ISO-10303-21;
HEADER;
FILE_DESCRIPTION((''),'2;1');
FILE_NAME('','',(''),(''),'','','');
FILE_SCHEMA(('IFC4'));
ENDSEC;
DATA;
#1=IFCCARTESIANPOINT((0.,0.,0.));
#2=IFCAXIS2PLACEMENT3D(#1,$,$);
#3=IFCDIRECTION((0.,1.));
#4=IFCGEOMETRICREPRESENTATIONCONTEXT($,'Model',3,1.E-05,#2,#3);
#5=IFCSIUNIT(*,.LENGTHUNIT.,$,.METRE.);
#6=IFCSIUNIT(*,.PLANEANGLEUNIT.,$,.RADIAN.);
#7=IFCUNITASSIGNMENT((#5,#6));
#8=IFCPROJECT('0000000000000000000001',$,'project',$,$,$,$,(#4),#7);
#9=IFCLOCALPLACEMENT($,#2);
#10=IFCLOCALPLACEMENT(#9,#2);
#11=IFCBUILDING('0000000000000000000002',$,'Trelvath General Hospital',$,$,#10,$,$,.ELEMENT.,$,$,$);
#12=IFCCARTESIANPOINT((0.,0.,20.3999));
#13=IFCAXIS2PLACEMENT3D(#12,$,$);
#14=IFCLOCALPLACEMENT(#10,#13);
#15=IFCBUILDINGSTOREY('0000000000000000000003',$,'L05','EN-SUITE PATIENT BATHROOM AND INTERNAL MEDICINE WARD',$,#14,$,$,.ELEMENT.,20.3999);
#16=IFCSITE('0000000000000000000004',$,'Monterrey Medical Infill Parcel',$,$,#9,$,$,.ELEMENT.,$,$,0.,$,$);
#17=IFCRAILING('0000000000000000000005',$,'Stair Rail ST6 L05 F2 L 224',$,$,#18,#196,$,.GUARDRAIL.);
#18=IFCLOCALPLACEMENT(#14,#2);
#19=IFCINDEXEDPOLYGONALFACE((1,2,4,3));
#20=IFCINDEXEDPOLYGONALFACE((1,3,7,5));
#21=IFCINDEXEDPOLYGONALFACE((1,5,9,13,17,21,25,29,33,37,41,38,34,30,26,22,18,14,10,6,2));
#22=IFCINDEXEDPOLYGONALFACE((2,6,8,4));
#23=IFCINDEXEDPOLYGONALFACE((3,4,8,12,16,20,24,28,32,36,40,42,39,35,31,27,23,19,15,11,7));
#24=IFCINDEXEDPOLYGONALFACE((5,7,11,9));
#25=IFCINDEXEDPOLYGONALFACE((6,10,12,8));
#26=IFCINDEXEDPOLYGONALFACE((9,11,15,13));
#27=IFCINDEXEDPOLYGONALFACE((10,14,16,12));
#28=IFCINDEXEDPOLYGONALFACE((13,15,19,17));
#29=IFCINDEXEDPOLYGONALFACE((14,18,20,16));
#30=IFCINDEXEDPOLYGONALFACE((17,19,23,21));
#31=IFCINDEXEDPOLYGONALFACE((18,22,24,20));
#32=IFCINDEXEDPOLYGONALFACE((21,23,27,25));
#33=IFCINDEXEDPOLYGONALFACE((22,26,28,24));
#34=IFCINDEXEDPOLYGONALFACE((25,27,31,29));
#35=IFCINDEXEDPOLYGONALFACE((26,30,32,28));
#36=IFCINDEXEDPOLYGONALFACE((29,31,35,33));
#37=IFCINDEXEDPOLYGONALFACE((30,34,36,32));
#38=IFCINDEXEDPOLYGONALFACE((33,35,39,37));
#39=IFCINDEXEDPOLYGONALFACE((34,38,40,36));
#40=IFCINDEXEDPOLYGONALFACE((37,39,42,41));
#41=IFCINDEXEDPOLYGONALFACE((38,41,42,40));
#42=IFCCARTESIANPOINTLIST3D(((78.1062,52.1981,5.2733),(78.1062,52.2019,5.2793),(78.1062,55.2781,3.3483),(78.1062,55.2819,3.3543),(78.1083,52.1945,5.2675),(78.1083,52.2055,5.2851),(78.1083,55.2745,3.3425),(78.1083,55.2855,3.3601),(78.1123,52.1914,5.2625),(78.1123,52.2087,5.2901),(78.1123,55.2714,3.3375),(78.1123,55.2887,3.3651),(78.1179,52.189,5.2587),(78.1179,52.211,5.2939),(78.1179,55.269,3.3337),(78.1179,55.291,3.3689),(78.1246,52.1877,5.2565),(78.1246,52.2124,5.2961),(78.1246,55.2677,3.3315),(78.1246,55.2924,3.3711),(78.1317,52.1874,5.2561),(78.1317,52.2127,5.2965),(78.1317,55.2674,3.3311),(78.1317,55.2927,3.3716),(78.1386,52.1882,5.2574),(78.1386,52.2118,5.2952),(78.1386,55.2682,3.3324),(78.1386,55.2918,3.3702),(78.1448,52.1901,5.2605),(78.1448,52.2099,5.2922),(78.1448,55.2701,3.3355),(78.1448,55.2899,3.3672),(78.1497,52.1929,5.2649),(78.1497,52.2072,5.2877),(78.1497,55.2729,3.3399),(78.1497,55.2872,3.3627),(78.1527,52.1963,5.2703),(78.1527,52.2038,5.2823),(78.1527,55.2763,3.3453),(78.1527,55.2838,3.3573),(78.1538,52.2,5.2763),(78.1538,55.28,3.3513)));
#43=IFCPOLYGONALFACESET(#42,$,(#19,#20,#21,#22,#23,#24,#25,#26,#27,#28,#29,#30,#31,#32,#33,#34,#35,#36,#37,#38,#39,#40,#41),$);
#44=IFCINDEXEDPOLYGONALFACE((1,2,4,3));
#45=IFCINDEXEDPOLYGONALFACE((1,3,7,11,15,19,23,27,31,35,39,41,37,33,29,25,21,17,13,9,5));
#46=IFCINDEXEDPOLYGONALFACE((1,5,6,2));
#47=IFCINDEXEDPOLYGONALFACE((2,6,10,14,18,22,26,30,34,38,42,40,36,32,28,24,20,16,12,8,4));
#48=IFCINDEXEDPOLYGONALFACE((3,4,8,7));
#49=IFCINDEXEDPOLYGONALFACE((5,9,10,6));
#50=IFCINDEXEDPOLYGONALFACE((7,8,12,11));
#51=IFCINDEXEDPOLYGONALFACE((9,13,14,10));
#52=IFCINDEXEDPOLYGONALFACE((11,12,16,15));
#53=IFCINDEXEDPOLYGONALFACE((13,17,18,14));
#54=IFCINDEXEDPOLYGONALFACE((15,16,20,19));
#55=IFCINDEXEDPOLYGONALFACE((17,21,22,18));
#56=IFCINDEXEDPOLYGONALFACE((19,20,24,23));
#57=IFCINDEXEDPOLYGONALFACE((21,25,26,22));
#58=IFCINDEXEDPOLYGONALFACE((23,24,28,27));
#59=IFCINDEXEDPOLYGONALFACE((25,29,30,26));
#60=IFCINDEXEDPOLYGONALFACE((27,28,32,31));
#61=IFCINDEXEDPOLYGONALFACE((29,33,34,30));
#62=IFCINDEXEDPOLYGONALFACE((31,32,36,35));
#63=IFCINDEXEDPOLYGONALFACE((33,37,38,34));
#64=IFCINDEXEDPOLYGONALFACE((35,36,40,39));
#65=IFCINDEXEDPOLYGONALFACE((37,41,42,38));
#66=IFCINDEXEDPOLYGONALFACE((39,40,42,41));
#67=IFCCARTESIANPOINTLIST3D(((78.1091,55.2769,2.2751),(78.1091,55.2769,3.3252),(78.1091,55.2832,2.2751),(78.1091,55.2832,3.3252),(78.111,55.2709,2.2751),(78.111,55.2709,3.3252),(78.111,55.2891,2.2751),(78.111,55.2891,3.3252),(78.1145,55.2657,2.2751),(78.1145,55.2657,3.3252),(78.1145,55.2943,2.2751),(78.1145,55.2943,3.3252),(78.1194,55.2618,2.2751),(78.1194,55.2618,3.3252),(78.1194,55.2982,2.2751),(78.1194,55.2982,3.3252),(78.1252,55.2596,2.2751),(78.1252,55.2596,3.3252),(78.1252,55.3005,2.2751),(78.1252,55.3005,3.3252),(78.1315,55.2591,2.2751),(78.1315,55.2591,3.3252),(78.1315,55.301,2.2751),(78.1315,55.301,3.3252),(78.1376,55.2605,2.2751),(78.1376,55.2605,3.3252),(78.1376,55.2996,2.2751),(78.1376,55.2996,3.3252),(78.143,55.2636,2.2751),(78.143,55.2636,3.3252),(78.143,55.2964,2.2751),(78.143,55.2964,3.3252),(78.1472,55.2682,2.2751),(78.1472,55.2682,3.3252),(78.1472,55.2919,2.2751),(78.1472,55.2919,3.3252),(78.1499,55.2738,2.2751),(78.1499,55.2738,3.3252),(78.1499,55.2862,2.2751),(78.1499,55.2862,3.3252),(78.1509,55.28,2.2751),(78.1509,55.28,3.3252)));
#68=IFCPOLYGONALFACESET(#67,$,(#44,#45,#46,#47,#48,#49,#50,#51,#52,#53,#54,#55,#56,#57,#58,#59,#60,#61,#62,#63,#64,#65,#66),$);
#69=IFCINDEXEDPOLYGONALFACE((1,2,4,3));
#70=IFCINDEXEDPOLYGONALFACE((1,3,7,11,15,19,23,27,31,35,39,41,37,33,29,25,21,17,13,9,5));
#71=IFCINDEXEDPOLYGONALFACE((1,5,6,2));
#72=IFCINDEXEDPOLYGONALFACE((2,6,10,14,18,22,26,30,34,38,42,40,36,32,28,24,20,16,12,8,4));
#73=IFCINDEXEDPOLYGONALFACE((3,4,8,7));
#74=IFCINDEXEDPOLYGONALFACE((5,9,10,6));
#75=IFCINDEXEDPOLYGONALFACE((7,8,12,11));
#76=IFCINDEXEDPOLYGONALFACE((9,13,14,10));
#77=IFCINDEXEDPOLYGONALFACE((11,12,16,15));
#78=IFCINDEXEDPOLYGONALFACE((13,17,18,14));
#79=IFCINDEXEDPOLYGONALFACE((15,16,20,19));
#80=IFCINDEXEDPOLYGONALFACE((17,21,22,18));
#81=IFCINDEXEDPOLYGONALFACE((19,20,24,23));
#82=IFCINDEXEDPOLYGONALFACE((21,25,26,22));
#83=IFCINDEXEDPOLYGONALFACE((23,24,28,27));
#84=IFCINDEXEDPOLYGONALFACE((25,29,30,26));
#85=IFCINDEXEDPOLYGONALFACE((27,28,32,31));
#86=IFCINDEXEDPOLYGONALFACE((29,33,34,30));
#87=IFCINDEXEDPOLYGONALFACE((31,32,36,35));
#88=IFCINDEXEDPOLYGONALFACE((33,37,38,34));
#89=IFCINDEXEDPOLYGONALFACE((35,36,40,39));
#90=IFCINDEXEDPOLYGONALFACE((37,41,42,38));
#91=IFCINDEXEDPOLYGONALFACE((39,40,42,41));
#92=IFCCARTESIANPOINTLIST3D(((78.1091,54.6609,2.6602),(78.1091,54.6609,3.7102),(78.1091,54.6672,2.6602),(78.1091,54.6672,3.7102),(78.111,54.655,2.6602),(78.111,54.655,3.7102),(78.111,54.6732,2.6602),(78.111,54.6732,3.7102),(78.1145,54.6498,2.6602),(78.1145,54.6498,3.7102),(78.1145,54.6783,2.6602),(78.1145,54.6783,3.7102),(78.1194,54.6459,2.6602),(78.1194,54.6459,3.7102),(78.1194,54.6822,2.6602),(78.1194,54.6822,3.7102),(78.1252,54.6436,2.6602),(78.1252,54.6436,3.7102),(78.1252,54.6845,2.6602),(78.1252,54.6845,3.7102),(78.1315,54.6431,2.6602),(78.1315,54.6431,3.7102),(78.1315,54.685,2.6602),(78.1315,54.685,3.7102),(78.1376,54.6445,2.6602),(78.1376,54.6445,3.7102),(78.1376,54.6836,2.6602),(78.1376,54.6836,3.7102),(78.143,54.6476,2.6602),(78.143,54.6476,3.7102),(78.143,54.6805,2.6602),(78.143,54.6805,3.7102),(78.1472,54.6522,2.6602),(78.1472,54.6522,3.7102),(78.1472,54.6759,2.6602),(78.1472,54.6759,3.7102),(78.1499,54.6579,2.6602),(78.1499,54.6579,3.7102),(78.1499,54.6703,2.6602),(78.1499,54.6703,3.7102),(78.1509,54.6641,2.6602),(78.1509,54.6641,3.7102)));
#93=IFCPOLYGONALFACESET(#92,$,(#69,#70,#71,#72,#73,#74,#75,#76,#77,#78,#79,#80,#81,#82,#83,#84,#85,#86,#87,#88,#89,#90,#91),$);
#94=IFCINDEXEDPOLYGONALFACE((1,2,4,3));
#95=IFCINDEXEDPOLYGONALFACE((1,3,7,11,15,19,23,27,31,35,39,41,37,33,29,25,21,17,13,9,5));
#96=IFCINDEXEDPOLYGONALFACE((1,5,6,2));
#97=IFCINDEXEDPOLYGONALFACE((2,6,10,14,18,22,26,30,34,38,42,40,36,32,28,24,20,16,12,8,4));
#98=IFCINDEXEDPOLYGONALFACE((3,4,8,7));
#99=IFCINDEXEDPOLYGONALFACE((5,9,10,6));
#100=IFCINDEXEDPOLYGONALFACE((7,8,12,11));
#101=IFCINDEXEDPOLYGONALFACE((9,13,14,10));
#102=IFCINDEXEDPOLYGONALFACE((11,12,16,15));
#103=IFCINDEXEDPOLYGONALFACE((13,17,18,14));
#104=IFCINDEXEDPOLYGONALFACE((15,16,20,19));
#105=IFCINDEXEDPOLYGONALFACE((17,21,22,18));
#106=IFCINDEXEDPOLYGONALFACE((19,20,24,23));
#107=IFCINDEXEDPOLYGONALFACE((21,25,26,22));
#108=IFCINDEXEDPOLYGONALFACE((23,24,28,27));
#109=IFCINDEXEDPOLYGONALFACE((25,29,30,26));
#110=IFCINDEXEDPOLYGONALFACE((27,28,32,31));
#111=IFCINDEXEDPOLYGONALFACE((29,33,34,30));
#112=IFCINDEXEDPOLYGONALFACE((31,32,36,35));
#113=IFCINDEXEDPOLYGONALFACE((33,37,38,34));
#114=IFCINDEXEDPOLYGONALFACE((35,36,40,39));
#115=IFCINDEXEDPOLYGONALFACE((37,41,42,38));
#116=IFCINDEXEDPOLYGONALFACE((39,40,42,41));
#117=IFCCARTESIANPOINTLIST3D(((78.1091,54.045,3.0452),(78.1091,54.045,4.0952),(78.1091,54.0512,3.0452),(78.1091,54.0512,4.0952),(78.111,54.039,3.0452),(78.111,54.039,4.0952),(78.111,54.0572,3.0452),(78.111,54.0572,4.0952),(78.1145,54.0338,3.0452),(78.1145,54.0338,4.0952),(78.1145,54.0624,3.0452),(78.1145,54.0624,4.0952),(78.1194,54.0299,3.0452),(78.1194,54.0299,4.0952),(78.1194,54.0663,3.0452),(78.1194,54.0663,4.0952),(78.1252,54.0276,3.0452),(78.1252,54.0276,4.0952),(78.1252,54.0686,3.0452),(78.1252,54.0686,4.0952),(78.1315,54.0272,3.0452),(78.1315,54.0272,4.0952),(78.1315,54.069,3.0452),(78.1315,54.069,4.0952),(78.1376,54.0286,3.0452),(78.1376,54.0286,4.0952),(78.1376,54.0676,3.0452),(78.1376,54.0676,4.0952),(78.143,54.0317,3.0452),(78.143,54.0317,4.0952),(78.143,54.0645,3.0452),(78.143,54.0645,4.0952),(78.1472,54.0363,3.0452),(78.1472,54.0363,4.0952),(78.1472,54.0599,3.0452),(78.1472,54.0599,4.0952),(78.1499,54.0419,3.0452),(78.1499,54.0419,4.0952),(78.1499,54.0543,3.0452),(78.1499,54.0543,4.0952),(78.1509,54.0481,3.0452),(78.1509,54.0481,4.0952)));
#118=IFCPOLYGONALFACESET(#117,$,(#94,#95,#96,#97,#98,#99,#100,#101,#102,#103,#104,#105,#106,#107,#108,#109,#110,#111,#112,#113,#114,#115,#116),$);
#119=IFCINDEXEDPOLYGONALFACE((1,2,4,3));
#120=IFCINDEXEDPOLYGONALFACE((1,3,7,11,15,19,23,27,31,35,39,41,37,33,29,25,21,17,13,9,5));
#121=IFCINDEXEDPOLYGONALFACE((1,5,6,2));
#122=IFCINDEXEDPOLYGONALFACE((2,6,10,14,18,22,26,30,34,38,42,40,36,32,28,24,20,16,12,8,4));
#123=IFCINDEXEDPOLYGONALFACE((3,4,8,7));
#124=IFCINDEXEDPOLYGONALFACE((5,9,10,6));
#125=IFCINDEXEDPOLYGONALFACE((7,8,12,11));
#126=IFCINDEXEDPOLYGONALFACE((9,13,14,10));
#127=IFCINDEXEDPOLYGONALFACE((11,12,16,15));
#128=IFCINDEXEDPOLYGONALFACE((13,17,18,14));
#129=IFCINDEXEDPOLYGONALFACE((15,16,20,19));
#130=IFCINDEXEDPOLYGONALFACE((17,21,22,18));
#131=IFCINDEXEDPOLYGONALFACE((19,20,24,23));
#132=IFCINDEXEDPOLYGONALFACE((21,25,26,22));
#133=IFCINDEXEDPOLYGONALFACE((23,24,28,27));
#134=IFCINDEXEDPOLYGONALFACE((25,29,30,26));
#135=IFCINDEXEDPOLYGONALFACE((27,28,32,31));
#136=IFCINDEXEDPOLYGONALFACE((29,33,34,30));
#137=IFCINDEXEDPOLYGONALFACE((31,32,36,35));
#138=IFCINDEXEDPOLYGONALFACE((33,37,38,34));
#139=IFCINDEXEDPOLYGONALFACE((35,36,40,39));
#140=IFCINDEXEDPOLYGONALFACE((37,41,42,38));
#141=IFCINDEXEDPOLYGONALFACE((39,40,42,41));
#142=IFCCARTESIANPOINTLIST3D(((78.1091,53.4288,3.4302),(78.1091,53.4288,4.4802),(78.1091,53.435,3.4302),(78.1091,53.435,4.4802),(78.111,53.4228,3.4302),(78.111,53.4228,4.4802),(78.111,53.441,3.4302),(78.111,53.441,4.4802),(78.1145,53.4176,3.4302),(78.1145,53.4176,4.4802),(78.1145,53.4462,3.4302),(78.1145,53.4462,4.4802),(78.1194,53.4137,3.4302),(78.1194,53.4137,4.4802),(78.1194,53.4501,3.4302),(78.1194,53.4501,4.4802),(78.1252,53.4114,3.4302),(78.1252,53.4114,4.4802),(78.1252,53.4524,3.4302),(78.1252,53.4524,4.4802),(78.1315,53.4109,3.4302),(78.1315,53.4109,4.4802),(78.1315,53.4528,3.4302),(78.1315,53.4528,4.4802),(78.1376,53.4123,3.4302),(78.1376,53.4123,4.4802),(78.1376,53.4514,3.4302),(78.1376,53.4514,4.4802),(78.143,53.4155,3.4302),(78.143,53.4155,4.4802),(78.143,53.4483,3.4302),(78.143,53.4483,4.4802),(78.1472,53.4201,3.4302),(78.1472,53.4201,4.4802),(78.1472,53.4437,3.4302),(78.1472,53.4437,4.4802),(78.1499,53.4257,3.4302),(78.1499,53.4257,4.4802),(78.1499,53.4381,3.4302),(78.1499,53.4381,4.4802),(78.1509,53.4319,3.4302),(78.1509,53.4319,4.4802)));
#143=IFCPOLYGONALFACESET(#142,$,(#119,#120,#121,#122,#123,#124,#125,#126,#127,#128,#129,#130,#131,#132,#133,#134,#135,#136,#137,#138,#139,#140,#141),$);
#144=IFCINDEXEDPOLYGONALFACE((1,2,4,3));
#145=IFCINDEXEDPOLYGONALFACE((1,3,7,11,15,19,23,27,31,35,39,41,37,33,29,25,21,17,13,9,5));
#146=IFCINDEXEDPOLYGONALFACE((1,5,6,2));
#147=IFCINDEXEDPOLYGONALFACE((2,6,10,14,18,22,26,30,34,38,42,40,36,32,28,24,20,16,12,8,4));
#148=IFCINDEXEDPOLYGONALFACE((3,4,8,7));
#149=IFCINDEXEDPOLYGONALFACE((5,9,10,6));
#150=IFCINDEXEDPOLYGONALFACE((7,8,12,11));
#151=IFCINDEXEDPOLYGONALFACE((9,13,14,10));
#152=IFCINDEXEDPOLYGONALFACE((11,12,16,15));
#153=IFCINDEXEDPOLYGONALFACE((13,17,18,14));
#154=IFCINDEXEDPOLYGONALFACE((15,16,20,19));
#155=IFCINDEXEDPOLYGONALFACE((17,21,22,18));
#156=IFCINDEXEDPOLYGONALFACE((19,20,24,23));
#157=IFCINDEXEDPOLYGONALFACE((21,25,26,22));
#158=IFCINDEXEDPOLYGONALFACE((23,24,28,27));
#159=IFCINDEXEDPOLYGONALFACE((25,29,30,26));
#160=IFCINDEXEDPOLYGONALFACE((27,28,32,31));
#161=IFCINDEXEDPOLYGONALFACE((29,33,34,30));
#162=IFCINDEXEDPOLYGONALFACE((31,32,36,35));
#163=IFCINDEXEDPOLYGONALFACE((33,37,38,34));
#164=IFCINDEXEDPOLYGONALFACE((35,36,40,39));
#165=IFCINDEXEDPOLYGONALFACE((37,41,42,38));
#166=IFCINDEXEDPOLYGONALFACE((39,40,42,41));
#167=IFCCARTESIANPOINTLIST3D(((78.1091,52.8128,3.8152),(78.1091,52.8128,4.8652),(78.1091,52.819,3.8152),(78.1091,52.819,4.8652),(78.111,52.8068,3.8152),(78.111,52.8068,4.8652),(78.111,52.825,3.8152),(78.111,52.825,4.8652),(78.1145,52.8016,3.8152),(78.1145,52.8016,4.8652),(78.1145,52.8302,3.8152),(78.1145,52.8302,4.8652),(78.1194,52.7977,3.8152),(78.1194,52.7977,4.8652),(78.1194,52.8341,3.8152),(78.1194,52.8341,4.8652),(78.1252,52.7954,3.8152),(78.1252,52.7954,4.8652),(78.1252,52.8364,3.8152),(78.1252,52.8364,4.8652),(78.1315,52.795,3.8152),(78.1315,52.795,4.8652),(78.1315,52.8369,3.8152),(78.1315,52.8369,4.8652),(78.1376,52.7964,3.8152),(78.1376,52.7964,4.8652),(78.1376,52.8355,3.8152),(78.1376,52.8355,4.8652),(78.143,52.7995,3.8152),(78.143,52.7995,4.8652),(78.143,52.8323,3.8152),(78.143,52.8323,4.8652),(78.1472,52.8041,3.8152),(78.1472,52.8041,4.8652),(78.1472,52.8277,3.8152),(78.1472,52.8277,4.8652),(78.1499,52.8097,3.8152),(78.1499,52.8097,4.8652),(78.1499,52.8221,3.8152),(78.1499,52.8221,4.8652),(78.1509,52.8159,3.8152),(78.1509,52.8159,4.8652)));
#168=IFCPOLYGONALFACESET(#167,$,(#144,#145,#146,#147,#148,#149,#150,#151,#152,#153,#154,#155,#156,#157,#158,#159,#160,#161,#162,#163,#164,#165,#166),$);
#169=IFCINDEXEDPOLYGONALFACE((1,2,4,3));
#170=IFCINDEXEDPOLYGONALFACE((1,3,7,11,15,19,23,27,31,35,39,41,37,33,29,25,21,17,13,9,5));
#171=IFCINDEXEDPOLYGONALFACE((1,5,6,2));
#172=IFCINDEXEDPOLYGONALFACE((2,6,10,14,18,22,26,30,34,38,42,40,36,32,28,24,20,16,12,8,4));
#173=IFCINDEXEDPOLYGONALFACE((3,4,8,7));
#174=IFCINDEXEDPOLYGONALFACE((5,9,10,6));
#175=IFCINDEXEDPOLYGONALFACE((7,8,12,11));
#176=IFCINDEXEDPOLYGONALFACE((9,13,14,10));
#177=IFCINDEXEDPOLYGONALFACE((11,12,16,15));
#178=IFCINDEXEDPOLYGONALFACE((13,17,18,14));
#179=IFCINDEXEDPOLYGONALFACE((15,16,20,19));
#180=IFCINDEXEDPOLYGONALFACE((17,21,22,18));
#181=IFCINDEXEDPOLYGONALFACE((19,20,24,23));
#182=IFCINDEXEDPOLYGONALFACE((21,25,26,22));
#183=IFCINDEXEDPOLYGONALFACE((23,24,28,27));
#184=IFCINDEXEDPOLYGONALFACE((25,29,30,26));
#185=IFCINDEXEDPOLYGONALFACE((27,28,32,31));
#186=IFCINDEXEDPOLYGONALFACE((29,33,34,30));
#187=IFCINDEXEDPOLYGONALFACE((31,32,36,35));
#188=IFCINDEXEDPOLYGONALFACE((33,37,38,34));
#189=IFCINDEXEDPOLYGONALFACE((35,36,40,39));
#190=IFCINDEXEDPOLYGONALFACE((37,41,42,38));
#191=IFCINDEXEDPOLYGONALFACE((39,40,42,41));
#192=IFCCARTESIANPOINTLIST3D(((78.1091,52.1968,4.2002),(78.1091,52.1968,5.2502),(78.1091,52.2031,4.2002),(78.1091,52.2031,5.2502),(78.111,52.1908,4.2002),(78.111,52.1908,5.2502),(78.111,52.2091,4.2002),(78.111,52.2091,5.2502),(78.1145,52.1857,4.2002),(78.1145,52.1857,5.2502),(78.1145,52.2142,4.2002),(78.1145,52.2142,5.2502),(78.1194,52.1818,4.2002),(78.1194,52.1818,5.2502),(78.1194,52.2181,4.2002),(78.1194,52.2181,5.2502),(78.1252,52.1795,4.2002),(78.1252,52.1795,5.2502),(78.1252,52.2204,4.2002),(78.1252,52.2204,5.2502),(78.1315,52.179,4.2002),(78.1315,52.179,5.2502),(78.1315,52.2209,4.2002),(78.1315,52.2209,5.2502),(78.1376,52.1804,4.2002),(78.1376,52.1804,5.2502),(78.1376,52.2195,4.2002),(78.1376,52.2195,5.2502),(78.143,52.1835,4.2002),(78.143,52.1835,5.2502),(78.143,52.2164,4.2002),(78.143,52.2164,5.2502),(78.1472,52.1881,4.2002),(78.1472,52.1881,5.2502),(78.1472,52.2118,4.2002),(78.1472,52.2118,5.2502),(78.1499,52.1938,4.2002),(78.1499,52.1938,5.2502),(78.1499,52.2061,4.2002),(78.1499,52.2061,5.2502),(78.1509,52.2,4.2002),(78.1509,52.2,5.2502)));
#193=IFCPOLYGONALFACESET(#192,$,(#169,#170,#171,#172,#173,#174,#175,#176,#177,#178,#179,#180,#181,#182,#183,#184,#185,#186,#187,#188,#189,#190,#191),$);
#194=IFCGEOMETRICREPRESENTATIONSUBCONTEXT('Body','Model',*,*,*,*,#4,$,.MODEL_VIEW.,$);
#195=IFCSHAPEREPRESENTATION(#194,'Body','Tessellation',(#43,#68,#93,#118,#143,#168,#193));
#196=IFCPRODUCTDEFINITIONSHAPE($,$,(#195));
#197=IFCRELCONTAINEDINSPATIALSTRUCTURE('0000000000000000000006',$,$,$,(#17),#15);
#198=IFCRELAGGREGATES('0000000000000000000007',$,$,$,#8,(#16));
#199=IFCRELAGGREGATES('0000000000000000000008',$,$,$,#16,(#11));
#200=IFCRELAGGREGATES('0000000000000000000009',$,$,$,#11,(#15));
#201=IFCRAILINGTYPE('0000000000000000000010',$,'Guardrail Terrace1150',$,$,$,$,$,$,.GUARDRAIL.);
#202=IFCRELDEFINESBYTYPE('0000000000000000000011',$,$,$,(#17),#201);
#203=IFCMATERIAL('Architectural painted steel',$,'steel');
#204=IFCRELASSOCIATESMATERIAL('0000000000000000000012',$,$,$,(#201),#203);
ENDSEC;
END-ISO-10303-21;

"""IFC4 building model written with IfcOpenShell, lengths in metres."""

from ifc_helpers import new_model, si_unit, direction, frame, origin, origin_2d, place, context, subcontext, project, spatial, circle, extrude, material, type_object, element, save


model = new_model("IFC4")

# Units and contexts
model_context = context("Model", 3, precision=1e-05, world=origin(), true_north=direction((0.0, 1.0)))
body_context = subcontext(model_context, "Body", "Model", "MODEL_VIEW")
ifc_project = project(units=[si_unit("LENGTHUNIT", "METRE"), si_unit("PLANEANGLEUNIT", "RADIAN")], contexts=[model_context])

# Site, building, storey
site_placement = place(None, origin())
site = spatial("IfcSite", under=ifc_project, at=site_placement, Name="Monterrey Medical Infill Parcel", CompositionType="ELEMENT", RefElevation=0.0)
building_placement = place(site_placement, origin())
building = spatial("IfcBuilding", under=site, at=building_placement, Name="Trelvath General Hospital", CompositionType="ELEMENT")
storey_placement = place(building_placement, frame((0.0, 0.0, 20.3999)))
storey = spatial("IfcBuildingStorey", under=building, at=storey_placement, Name="L05", Description="EN-SUITE PATIENT BATHROOM AND INTERNAL MEDICINE WARD", CompositionType="ELEMENT", Elevation=20.3999)

# Railing
ifc_material_1 = material(Name="Architectural painted steel", Category="steel")
railing_type_1 = type_object("IfcRailingType", Name="Guardrail Terrace1150", PredefinedType="GUARDRAIL", material=ifc_material_1)
railing_1_placement = place(storey_placement, frame((78.1299, 55.28, 2.2751)))
element("IfcRailing", 1, at=railing_1_placement, inside=storey, type_object=railing_type_1, Name="Stair Rail ST6 L05 F2 L 224", PredefinedType="GUARDRAIL", context=body_context, shape_type="SweptSolid", body=[
    extrude(circle(Radius=0.0239, at=origin_2d()), frame((0.0, 0.0, 1.0762), z_axis=(0.0, -0.847998, 0.529999), x_axis=(1.0, 0.0, 0.0)), (0.0, 0.0, 1.0), 3.6321),
    extrude(circle(Radius=0.021, at=origin_2d()), origin(), (0.0, 0.0, 1.0), 1.05),
    extrude(circle(Radius=0.021, at=origin_2d()), frame((0.0, -0.616, 0.385)), (0.0, 0.0, 1.0), 1.05),
    extrude(circle(Radius=0.021, at=origin_2d()), frame((0.0, -1.2319, 0.77)), (0.0, 0.0, 1.0), 1.05),
    extrude(circle(Radius=0.021, at=origin_2d()), frame((0.0, -1.8481, 1.155)), (0.0, 0.0, 1.0), 1.05),
    extrude(circle(Radius=0.021, at=origin_2d()), frame((0.0, -2.4641, 1.54)), (0.0, 0.0, 1.0), 1.05),
    extrude(circle(Radius=0.021, at=origin_2d()), frame((0.0, -3.0801, 1.925)), (0.0, 0.0, 1.0), 1.05),
])

save(model, "model.ifc")
